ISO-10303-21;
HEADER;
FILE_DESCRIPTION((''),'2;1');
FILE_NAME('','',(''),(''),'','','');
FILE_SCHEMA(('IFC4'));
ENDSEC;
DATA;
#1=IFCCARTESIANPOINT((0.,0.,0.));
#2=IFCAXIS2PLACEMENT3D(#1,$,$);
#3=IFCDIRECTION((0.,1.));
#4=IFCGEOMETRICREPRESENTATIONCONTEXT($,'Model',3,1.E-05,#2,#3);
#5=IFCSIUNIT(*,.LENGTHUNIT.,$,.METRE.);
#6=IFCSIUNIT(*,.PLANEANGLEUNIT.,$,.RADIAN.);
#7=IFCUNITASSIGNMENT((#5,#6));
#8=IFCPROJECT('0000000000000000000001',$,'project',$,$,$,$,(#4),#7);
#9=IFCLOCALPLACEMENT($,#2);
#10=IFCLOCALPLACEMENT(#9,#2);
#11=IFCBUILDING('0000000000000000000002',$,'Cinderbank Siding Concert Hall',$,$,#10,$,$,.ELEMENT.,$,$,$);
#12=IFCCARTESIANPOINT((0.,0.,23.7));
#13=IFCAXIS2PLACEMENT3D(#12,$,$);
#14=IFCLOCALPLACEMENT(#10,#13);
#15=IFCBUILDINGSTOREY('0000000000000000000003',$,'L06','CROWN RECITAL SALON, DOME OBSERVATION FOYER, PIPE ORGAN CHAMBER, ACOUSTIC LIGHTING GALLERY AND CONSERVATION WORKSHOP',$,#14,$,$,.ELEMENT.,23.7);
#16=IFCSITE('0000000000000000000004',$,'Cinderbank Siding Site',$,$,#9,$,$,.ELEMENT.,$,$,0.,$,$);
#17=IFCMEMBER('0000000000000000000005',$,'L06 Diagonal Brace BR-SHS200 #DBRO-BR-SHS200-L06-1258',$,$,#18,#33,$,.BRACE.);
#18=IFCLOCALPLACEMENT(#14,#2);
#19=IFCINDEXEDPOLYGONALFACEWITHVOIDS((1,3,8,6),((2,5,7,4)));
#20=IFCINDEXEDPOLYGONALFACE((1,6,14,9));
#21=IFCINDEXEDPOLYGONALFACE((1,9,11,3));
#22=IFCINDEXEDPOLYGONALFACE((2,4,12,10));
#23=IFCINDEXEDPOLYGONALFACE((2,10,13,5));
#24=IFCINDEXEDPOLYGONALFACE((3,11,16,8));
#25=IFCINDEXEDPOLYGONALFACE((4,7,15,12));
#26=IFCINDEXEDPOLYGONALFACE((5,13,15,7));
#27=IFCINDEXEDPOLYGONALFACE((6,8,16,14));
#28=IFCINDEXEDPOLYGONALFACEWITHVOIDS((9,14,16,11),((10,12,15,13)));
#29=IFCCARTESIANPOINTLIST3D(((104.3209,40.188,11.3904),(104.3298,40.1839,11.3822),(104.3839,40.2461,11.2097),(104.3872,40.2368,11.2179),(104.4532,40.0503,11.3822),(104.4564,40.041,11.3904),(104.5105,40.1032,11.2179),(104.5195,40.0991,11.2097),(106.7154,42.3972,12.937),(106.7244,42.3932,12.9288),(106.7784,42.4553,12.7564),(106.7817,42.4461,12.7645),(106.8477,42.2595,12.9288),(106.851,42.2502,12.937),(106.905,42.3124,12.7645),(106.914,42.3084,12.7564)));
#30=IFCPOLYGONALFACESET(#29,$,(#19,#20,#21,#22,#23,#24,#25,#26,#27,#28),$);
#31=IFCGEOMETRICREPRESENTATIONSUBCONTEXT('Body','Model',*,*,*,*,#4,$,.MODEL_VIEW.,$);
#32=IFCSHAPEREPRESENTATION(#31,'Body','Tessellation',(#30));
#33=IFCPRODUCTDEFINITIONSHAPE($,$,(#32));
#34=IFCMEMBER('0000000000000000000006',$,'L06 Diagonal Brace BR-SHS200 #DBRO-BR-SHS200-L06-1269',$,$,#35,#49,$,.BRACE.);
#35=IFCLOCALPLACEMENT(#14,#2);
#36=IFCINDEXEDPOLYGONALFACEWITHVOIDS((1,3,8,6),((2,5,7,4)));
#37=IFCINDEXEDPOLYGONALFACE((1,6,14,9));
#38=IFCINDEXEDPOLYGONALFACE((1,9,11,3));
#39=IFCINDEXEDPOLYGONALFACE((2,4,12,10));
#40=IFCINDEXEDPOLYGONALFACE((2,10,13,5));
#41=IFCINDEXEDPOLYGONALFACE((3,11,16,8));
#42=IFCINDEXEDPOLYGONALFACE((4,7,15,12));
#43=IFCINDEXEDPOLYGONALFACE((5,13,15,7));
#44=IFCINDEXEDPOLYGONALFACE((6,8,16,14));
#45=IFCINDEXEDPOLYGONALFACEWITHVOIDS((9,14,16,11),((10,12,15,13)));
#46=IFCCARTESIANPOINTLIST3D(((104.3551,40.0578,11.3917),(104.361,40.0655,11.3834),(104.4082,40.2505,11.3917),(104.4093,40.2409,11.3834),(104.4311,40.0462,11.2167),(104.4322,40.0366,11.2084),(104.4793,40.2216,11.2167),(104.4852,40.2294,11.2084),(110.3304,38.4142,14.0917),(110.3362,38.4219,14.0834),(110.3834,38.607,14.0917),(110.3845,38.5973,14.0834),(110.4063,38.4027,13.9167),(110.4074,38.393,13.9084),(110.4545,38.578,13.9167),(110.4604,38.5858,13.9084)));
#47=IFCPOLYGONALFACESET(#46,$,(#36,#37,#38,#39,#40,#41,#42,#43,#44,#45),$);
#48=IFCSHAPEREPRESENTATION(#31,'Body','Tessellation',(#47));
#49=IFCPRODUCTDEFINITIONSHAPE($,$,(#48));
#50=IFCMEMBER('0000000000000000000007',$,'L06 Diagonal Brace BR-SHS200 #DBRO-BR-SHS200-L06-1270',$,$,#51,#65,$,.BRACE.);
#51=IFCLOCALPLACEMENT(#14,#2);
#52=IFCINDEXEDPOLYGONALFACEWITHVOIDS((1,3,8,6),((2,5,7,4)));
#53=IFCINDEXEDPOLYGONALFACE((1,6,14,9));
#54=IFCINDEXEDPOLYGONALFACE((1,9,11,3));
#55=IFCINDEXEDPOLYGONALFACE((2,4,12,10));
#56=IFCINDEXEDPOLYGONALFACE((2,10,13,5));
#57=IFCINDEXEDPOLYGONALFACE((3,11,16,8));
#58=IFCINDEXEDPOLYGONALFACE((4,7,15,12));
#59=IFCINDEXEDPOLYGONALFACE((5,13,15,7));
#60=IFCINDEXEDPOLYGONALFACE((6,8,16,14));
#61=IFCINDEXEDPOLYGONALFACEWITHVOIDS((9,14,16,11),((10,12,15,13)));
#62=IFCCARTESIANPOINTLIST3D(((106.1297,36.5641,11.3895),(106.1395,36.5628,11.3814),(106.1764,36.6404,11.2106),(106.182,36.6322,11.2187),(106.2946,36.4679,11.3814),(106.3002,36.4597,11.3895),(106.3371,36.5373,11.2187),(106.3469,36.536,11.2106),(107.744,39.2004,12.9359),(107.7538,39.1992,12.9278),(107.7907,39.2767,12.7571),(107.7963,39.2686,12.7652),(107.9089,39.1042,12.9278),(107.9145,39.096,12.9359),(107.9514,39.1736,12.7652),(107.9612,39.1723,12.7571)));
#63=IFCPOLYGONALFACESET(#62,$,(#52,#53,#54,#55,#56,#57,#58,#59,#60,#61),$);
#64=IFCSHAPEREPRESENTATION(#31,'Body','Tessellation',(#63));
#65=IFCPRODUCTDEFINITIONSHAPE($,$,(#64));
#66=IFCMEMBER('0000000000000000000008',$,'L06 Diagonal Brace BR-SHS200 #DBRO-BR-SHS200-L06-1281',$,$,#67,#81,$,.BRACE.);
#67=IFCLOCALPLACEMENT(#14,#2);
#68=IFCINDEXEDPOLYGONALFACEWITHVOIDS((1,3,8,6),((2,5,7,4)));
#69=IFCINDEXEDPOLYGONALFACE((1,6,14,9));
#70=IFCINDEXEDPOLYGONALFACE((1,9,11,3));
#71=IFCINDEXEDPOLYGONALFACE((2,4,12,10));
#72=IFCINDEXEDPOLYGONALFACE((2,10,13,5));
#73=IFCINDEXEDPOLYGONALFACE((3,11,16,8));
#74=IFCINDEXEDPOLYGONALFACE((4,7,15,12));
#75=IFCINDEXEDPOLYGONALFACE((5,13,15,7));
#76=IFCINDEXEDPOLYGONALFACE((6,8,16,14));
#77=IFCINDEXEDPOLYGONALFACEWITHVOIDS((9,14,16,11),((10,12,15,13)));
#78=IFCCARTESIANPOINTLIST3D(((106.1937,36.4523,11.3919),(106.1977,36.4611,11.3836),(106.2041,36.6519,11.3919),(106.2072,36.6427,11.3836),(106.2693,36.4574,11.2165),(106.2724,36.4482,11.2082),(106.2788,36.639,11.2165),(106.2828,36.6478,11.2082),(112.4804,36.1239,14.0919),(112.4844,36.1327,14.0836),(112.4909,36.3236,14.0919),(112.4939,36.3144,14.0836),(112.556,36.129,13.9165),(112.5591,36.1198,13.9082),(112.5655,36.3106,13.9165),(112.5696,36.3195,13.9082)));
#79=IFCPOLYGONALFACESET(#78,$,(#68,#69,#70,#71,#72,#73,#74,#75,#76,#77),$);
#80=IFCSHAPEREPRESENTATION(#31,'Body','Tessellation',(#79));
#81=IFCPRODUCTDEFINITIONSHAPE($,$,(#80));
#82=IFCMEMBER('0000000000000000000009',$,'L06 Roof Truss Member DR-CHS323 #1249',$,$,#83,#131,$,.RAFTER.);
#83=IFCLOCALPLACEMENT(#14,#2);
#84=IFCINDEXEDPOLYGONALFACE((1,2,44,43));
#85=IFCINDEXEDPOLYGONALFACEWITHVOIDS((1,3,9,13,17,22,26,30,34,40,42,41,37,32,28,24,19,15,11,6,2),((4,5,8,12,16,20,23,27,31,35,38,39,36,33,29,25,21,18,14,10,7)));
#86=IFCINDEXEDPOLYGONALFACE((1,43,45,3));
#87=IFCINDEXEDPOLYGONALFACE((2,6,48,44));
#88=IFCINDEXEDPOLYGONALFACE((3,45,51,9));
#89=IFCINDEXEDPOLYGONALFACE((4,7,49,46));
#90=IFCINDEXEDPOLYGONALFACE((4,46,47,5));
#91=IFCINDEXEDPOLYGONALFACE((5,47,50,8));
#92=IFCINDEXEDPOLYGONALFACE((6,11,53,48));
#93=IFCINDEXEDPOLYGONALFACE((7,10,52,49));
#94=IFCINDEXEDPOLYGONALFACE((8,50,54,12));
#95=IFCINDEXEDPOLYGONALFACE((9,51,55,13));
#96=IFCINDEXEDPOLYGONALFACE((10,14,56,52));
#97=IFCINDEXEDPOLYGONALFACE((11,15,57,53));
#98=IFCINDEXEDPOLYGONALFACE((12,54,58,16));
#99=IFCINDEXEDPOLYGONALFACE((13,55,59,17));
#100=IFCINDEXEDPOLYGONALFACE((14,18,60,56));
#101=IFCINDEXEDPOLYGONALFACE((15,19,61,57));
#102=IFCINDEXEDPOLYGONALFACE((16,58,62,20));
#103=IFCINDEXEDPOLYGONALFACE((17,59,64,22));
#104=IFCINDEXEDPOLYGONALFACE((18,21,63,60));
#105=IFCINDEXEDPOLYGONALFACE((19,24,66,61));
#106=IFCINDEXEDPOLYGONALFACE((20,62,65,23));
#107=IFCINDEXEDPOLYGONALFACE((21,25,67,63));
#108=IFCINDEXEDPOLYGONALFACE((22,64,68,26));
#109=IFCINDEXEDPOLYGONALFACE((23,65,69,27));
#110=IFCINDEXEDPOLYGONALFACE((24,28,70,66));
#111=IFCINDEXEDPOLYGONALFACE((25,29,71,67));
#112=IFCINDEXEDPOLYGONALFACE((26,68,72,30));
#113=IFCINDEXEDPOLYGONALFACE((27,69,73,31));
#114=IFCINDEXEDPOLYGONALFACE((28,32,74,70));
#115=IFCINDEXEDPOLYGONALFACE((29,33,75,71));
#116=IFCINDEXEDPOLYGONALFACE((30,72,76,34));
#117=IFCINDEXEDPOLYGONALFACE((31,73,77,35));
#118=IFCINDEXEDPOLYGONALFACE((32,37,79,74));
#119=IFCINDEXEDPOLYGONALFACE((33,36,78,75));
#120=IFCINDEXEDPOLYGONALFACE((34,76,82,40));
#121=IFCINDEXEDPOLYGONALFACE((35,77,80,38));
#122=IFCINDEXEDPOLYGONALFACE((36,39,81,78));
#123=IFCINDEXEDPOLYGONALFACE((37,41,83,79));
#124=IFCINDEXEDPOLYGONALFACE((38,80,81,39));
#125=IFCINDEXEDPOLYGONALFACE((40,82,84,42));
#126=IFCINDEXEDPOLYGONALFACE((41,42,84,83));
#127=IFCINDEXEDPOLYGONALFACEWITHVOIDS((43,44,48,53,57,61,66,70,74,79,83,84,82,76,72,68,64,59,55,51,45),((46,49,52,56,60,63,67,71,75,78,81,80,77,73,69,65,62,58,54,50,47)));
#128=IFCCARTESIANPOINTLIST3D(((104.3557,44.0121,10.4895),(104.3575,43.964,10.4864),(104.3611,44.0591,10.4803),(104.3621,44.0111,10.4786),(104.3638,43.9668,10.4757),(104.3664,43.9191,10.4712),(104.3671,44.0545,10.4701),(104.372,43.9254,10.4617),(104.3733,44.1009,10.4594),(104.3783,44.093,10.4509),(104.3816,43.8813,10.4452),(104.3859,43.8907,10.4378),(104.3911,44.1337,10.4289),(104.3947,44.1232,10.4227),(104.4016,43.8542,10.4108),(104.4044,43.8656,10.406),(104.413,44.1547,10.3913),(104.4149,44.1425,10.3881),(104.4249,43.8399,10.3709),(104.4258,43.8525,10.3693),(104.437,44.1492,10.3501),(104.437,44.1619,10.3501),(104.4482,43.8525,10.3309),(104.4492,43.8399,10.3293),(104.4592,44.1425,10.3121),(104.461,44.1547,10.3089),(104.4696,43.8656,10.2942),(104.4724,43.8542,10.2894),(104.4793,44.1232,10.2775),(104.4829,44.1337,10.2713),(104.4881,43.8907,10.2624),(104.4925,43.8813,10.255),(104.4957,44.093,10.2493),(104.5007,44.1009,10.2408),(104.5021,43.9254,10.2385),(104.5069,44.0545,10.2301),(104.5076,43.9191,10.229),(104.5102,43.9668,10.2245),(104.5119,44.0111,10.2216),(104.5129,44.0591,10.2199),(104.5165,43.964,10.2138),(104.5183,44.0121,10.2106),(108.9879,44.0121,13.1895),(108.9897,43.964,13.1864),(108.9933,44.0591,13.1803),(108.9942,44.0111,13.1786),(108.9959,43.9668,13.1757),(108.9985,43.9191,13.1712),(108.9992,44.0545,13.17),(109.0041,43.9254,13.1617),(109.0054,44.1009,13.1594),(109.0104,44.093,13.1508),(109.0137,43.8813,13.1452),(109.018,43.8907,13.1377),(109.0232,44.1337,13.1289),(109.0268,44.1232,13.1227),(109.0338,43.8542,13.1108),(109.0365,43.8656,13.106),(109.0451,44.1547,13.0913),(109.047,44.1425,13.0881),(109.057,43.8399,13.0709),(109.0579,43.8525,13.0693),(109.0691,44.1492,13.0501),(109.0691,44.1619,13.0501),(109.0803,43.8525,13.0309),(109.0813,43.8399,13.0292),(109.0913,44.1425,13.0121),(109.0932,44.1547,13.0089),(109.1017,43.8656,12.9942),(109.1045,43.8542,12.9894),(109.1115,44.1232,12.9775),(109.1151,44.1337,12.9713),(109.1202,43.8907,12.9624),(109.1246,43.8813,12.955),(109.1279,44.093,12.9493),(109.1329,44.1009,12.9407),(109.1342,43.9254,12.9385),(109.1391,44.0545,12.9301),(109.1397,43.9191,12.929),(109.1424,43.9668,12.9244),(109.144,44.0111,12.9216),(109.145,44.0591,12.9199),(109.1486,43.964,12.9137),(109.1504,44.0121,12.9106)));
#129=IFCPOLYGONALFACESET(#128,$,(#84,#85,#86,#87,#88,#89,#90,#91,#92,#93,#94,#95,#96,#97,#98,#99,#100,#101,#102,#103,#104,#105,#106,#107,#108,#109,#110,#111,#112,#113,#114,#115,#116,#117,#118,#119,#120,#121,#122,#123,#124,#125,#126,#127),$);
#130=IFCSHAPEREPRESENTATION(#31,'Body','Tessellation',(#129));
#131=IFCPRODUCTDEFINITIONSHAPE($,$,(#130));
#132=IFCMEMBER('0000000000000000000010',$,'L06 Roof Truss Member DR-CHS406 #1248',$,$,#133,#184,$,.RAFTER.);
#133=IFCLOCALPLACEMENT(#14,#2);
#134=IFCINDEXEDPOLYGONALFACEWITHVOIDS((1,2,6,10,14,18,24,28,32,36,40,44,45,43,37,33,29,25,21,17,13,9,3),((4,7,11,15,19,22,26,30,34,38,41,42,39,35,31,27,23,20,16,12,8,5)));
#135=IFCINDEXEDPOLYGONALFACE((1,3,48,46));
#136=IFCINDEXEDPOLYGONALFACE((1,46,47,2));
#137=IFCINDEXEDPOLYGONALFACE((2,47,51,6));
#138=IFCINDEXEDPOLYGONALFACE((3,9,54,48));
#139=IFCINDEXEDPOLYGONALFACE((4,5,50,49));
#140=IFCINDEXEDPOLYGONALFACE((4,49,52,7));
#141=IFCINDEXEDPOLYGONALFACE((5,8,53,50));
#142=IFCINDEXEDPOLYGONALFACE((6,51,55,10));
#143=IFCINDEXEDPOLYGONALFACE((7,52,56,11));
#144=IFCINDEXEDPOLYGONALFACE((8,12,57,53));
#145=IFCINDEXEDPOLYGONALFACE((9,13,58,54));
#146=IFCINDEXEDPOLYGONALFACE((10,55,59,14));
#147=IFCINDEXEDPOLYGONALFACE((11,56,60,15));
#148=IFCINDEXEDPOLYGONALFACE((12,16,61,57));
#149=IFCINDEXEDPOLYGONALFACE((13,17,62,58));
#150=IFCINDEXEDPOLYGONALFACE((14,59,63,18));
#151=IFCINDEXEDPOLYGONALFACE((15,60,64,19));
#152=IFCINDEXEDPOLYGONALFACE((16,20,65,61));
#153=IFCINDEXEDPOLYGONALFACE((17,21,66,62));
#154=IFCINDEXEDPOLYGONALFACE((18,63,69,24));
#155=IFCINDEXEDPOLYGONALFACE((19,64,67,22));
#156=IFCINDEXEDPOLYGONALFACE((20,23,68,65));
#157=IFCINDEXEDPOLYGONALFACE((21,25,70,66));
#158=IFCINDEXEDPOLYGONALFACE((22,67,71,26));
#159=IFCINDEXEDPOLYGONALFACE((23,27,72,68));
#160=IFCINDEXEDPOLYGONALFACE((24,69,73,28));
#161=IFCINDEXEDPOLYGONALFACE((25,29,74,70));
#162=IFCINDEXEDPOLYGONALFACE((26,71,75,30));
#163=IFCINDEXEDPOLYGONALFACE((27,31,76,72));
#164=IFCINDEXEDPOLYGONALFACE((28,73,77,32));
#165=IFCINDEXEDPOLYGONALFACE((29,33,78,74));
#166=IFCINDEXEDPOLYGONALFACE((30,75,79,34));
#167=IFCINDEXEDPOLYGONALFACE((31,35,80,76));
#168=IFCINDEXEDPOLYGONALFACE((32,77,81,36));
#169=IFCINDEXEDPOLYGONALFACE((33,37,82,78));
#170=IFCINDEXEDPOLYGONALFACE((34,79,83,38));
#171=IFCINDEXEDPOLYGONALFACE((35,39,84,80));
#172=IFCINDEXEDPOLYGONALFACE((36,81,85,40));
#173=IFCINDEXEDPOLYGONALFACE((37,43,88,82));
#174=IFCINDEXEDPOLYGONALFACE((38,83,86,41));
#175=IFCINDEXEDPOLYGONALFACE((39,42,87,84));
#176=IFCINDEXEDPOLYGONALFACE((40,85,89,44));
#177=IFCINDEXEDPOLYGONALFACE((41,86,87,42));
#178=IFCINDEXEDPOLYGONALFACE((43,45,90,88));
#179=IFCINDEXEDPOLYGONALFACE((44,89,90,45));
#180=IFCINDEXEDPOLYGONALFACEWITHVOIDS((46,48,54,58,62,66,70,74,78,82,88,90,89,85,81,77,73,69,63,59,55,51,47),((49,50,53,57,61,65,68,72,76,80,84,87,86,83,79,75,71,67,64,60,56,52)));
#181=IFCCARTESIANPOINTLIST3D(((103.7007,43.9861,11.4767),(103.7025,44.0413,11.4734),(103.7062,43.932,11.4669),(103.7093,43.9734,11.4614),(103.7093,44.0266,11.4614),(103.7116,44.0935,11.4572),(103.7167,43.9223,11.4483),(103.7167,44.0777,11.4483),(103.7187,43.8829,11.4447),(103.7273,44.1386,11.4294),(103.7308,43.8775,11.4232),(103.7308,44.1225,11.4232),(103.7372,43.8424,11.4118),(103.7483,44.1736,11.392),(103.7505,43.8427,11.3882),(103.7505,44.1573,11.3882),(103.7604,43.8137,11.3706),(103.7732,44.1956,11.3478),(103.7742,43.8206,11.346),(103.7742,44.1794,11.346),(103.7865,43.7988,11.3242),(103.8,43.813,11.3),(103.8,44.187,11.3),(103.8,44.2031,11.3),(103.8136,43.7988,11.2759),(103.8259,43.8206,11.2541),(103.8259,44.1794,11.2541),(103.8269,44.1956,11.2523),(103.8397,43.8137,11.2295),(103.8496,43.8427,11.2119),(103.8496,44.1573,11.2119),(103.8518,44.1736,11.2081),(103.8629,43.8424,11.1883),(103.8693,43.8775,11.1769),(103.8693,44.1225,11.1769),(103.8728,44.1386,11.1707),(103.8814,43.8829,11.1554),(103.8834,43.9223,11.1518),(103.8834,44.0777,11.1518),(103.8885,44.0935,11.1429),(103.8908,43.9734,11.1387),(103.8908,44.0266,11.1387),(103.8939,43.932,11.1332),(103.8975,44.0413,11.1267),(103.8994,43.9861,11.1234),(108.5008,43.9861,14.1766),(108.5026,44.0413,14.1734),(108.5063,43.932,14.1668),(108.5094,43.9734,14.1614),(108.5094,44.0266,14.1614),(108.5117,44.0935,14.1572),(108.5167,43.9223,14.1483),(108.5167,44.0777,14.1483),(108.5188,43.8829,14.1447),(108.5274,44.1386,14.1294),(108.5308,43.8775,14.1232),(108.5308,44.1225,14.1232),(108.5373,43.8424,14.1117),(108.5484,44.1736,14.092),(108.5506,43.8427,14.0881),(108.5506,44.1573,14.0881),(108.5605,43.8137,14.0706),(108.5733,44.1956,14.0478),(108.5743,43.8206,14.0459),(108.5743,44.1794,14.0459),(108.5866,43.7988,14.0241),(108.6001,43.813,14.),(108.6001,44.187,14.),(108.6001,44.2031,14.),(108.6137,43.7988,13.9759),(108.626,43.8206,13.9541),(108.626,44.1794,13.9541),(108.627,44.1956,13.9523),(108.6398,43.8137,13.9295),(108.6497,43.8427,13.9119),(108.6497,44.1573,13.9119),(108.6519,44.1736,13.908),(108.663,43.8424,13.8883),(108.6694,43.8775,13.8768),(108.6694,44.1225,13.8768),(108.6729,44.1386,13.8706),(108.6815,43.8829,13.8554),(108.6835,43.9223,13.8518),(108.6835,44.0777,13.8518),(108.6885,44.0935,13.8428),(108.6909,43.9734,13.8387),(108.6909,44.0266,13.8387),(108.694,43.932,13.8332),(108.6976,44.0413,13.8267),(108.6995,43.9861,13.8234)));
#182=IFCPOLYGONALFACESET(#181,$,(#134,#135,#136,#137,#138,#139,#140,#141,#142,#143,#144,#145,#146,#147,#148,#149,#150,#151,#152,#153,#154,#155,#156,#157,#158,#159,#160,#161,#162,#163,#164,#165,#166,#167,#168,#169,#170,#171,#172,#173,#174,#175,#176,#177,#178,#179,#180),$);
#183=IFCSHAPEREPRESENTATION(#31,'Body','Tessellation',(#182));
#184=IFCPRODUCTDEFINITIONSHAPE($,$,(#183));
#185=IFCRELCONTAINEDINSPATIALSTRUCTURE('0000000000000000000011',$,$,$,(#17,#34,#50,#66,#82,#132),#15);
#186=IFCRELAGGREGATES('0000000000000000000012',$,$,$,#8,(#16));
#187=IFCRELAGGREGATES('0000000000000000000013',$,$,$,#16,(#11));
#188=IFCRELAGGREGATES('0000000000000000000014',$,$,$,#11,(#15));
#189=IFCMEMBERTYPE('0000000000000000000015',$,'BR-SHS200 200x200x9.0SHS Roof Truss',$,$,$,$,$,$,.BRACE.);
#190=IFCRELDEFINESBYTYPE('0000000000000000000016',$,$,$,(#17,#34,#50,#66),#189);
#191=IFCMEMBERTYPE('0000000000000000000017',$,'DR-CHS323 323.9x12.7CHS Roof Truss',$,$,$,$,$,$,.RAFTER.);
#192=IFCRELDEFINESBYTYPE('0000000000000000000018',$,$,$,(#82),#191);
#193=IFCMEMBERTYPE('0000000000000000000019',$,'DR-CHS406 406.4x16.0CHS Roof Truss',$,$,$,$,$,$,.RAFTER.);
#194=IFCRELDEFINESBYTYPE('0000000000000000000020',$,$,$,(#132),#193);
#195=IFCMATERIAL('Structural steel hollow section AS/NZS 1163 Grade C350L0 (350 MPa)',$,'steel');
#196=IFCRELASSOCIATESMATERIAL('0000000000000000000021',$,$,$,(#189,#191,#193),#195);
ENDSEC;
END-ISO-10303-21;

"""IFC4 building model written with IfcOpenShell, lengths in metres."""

from ifc_helpers import new_model, si_unit, direction, frame, origin, origin_2d, place, context, subcontext, project, spatial, hollow_rectangle, hollow_circle, extrude, material, material_profile, profile_set, type_object, element, save


model = new_model("IFC4")

# Units and contexts
model_context = context("Model", 3, precision=1e-05, world=origin(), true_north=direction((0.0, 1.0)))
body_context = subcontext(model_context, "Body", "Model", "MODEL_VIEW")
ifc_project = project(units=[si_unit("LENGTHUNIT", "METRE"), si_unit("PLANEANGLEUNIT", "RADIAN")], contexts=[model_context])

# Site, building, storey
site_placement = place(None, origin())
site = spatial("IfcSite", under=ifc_project, at=site_placement, Name="Cinderbank Siding Site", CompositionType="ELEMENT", RefElevation=0.0)
building_placement = place(site_placement, origin())
building = spatial("IfcBuilding", under=site, at=building_placement, Name="Cinderbank Siding Concert Hall", CompositionType="ELEMENT")
storey_placement = place(building_placement, frame((0.0, 0.0, 23.7)))
storey = spatial("IfcBuildingStorey", under=building, at=storey_placement, Name="L06", Description="CROWN RECITAL SALON, DOME OBSERVATION FOYER, PIPE ORGAN CHAMBER, ACOUSTIC LIGHTING GALLERY AND CONSERVATION WORKSHOP", CompositionType="ELEMENT", Elevation=23.7)

# Members
ifc_material_1 = material(Name="Structural steel hollow section AS/NZS 1163 Grade C350L0 (350 MPa)", Category="steel")
ifc_material_profile_1 = material_profile(ifc_material_1, hollow_rectangle(XDim=0.2, YDim=0.2, WallThickness=0.009, at=origin_2d()), Name="200x200x9.0SHS", Category="LoadBearing")
ifc_profile_set_1 = profile_set([ifc_material_profile_1], Name="Structural steel hollow section AS/NZS 1163 Grade C350L0 (350 MPa)")
member_type_1 = type_object("IfcMemberType", Name="BR-SHS200 200x200x9.0SHS Roof Truss", PredefinedType="BRACE", material=ifc_profile_set_1)
member_1_placement = place(storey_placement, frame((104.4202, 40.1436, 11.3), z_axis=(0.663957, 0.612576, 0.42885), x_axis=(-0.678096, 0.734973, 0.0)))
element("IfcMember", 1, at=member_1_placement, inside=storey, type_object=member_type_1, Name="L06 Diagonal Brace BR-SHS200 #DBRO-BR-SHS200-L06-1258", PredefinedType="BRACE", context=body_context, shape_type="SweptSolid", body=[
    extrude(hollow_rectangle(XDim=0.2, YDim=0.2, WallThickness=0.009, at=origin_2d()), origin(), (0.0, 0.0, 1.0), 3.6064),
])
member_2_placement = place(storey_placement, frame((104.4202, 40.1436, 11.3), z_axis=(0.883937, -0.243142, 0.399422), x_axis=(0.265217, 0.964189, 0.0)))
element("IfcMember", 2, at=member_2_placement, inside=storey, type_object=member_type_1, Name="L06 Diagonal Brace BR-SHS200 #DBRO-BR-SHS200-L06-1269", PredefinedType="BRACE", context=body_context, shape_type="SweptSolid", body=[
    extrude(hollow_rectangle(XDim=0.2, YDim=0.2, WallThickness=0.009, at=origin_2d()), origin(), (0.0, 0.0, 1.0), 6.7598),
])
member_3_placement = place(storey_placement, frame((106.2383, 36.55, 11.3), z_axis=(0.467031, 0.762705, 0.447395), x_axis=(-0.852817, 0.52221, 0.0)))
element("IfcMember", 3, at=member_3_placement, inside=storey, type_object=member_type_1, Name="L06 Diagonal Brace BR-SHS200 #DBRO-BR-SHS200-L06-1270", PredefinedType="BRACE", context=body_context, shape_type="SweptSolid", body=[
    extrude(hollow_rectangle(XDim=0.2, YDim=0.2, WallThickness=0.009, at=origin_2d()), origin(), (0.0, 0.0, 1.0), 3.4565),
])
member_4_placement = place(storey_placement, frame((106.2383, 36.55, 11.3), z_axis=(0.917787, -0.047939, 0.394167), x_axis=(0.052162, 0.998639, 0.0)))
element("IfcMember", 4, at=member_4_placement, inside=storey, type_object=member_type_1, Name="L06 Diagonal Brace BR-SHS200 #DBRO-BR-SHS200-L06-1281", PredefinedType="BRACE", context=body_context, shape_type="SweptSolid", body=[
    extrude(hollow_rectangle(XDim=0.2, YDim=0.2, WallThickness=0.009, at=origin_2d()), origin(), (0.0, 0.0, 1.0), 6.8499),
])
ifc_material_profile_2 = material_profile(ifc_material_1, hollow_circle(Radius=0.1619, WallThickness=0.0127, at=origin_2d()), Name="323.9x12.7CHS", Category="LoadBearing")
ifc_profile_set_2 = profile_set([ifc_material_profile_2], Name="Structural steel hollow section AS/NZS 1163 Grade C350L0 (350 MPa)")
member_type_2 = type_object("IfcMemberType", Name="DR-CHS323 323.9x12.7CHS Roof Truss", PredefinedType="RAFTER", material=ifc_profile_set_2)
member_5_placement = place(storey_placement, frame((104.437, 44.0, 10.3501), z_axis=(0.863949, 0.0, 0.503579), x_axis=(0.0, 1.0, 0.0)))
element("IfcMember", 5, at=member_5_placement, inside=storey, type_object=member_type_2, Name="L06 Roof Truss Member DR-CHS323 #1249", PredefinedType="RAFTER", context=body_context, shape_type="SweptSolid", body=[
    extrude(hollow_circle(Radius=0.1619, WallThickness=0.0127, at=origin_2d()), origin(), (0.0, 0.0, 1.0), 5.3616),
])
ifc_material_profile_3 = material_profile(ifc_material_1, hollow_circle(Radius=0.2031, WallThickness=0.0161, at=origin_2d()), Name="406.4x16.0CHS", Category="LoadBearing")
ifc_profile_set_3 = profile_set([ifc_material_profile_3], Name="Structural steel hollow section AS/NZS 1163 Grade C350L0 (350 MPa)")
member_type_3 = type_object("IfcMemberType", Name="DR-CHS406 406.4x16.0CHS Roof Truss", PredefinedType="RAFTER", material=ifc_profile_set_3)
member_6_placement = place(storey_placement, frame((103.8, 44.0, 11.3), z_axis=(0.871581, 0.0, 0.490251), x_axis=(0.0, 1.0, 0.0)))
element("IfcMember", 6, at=member_6_placement, inside=storey, type_object=member_type_3, Name="L06 Roof Truss Member DR-CHS406 #1248", PredefinedType="RAFTER", context=body_context, shape_type="SweptSolid", body=[
    extrude(hollow_circle(Radius=0.2031, WallThickness=0.0161, at=origin_2d()), origin(), (0.0, 0.0, 1.0), 5.5073),
])

save(model, "model.ifc")
